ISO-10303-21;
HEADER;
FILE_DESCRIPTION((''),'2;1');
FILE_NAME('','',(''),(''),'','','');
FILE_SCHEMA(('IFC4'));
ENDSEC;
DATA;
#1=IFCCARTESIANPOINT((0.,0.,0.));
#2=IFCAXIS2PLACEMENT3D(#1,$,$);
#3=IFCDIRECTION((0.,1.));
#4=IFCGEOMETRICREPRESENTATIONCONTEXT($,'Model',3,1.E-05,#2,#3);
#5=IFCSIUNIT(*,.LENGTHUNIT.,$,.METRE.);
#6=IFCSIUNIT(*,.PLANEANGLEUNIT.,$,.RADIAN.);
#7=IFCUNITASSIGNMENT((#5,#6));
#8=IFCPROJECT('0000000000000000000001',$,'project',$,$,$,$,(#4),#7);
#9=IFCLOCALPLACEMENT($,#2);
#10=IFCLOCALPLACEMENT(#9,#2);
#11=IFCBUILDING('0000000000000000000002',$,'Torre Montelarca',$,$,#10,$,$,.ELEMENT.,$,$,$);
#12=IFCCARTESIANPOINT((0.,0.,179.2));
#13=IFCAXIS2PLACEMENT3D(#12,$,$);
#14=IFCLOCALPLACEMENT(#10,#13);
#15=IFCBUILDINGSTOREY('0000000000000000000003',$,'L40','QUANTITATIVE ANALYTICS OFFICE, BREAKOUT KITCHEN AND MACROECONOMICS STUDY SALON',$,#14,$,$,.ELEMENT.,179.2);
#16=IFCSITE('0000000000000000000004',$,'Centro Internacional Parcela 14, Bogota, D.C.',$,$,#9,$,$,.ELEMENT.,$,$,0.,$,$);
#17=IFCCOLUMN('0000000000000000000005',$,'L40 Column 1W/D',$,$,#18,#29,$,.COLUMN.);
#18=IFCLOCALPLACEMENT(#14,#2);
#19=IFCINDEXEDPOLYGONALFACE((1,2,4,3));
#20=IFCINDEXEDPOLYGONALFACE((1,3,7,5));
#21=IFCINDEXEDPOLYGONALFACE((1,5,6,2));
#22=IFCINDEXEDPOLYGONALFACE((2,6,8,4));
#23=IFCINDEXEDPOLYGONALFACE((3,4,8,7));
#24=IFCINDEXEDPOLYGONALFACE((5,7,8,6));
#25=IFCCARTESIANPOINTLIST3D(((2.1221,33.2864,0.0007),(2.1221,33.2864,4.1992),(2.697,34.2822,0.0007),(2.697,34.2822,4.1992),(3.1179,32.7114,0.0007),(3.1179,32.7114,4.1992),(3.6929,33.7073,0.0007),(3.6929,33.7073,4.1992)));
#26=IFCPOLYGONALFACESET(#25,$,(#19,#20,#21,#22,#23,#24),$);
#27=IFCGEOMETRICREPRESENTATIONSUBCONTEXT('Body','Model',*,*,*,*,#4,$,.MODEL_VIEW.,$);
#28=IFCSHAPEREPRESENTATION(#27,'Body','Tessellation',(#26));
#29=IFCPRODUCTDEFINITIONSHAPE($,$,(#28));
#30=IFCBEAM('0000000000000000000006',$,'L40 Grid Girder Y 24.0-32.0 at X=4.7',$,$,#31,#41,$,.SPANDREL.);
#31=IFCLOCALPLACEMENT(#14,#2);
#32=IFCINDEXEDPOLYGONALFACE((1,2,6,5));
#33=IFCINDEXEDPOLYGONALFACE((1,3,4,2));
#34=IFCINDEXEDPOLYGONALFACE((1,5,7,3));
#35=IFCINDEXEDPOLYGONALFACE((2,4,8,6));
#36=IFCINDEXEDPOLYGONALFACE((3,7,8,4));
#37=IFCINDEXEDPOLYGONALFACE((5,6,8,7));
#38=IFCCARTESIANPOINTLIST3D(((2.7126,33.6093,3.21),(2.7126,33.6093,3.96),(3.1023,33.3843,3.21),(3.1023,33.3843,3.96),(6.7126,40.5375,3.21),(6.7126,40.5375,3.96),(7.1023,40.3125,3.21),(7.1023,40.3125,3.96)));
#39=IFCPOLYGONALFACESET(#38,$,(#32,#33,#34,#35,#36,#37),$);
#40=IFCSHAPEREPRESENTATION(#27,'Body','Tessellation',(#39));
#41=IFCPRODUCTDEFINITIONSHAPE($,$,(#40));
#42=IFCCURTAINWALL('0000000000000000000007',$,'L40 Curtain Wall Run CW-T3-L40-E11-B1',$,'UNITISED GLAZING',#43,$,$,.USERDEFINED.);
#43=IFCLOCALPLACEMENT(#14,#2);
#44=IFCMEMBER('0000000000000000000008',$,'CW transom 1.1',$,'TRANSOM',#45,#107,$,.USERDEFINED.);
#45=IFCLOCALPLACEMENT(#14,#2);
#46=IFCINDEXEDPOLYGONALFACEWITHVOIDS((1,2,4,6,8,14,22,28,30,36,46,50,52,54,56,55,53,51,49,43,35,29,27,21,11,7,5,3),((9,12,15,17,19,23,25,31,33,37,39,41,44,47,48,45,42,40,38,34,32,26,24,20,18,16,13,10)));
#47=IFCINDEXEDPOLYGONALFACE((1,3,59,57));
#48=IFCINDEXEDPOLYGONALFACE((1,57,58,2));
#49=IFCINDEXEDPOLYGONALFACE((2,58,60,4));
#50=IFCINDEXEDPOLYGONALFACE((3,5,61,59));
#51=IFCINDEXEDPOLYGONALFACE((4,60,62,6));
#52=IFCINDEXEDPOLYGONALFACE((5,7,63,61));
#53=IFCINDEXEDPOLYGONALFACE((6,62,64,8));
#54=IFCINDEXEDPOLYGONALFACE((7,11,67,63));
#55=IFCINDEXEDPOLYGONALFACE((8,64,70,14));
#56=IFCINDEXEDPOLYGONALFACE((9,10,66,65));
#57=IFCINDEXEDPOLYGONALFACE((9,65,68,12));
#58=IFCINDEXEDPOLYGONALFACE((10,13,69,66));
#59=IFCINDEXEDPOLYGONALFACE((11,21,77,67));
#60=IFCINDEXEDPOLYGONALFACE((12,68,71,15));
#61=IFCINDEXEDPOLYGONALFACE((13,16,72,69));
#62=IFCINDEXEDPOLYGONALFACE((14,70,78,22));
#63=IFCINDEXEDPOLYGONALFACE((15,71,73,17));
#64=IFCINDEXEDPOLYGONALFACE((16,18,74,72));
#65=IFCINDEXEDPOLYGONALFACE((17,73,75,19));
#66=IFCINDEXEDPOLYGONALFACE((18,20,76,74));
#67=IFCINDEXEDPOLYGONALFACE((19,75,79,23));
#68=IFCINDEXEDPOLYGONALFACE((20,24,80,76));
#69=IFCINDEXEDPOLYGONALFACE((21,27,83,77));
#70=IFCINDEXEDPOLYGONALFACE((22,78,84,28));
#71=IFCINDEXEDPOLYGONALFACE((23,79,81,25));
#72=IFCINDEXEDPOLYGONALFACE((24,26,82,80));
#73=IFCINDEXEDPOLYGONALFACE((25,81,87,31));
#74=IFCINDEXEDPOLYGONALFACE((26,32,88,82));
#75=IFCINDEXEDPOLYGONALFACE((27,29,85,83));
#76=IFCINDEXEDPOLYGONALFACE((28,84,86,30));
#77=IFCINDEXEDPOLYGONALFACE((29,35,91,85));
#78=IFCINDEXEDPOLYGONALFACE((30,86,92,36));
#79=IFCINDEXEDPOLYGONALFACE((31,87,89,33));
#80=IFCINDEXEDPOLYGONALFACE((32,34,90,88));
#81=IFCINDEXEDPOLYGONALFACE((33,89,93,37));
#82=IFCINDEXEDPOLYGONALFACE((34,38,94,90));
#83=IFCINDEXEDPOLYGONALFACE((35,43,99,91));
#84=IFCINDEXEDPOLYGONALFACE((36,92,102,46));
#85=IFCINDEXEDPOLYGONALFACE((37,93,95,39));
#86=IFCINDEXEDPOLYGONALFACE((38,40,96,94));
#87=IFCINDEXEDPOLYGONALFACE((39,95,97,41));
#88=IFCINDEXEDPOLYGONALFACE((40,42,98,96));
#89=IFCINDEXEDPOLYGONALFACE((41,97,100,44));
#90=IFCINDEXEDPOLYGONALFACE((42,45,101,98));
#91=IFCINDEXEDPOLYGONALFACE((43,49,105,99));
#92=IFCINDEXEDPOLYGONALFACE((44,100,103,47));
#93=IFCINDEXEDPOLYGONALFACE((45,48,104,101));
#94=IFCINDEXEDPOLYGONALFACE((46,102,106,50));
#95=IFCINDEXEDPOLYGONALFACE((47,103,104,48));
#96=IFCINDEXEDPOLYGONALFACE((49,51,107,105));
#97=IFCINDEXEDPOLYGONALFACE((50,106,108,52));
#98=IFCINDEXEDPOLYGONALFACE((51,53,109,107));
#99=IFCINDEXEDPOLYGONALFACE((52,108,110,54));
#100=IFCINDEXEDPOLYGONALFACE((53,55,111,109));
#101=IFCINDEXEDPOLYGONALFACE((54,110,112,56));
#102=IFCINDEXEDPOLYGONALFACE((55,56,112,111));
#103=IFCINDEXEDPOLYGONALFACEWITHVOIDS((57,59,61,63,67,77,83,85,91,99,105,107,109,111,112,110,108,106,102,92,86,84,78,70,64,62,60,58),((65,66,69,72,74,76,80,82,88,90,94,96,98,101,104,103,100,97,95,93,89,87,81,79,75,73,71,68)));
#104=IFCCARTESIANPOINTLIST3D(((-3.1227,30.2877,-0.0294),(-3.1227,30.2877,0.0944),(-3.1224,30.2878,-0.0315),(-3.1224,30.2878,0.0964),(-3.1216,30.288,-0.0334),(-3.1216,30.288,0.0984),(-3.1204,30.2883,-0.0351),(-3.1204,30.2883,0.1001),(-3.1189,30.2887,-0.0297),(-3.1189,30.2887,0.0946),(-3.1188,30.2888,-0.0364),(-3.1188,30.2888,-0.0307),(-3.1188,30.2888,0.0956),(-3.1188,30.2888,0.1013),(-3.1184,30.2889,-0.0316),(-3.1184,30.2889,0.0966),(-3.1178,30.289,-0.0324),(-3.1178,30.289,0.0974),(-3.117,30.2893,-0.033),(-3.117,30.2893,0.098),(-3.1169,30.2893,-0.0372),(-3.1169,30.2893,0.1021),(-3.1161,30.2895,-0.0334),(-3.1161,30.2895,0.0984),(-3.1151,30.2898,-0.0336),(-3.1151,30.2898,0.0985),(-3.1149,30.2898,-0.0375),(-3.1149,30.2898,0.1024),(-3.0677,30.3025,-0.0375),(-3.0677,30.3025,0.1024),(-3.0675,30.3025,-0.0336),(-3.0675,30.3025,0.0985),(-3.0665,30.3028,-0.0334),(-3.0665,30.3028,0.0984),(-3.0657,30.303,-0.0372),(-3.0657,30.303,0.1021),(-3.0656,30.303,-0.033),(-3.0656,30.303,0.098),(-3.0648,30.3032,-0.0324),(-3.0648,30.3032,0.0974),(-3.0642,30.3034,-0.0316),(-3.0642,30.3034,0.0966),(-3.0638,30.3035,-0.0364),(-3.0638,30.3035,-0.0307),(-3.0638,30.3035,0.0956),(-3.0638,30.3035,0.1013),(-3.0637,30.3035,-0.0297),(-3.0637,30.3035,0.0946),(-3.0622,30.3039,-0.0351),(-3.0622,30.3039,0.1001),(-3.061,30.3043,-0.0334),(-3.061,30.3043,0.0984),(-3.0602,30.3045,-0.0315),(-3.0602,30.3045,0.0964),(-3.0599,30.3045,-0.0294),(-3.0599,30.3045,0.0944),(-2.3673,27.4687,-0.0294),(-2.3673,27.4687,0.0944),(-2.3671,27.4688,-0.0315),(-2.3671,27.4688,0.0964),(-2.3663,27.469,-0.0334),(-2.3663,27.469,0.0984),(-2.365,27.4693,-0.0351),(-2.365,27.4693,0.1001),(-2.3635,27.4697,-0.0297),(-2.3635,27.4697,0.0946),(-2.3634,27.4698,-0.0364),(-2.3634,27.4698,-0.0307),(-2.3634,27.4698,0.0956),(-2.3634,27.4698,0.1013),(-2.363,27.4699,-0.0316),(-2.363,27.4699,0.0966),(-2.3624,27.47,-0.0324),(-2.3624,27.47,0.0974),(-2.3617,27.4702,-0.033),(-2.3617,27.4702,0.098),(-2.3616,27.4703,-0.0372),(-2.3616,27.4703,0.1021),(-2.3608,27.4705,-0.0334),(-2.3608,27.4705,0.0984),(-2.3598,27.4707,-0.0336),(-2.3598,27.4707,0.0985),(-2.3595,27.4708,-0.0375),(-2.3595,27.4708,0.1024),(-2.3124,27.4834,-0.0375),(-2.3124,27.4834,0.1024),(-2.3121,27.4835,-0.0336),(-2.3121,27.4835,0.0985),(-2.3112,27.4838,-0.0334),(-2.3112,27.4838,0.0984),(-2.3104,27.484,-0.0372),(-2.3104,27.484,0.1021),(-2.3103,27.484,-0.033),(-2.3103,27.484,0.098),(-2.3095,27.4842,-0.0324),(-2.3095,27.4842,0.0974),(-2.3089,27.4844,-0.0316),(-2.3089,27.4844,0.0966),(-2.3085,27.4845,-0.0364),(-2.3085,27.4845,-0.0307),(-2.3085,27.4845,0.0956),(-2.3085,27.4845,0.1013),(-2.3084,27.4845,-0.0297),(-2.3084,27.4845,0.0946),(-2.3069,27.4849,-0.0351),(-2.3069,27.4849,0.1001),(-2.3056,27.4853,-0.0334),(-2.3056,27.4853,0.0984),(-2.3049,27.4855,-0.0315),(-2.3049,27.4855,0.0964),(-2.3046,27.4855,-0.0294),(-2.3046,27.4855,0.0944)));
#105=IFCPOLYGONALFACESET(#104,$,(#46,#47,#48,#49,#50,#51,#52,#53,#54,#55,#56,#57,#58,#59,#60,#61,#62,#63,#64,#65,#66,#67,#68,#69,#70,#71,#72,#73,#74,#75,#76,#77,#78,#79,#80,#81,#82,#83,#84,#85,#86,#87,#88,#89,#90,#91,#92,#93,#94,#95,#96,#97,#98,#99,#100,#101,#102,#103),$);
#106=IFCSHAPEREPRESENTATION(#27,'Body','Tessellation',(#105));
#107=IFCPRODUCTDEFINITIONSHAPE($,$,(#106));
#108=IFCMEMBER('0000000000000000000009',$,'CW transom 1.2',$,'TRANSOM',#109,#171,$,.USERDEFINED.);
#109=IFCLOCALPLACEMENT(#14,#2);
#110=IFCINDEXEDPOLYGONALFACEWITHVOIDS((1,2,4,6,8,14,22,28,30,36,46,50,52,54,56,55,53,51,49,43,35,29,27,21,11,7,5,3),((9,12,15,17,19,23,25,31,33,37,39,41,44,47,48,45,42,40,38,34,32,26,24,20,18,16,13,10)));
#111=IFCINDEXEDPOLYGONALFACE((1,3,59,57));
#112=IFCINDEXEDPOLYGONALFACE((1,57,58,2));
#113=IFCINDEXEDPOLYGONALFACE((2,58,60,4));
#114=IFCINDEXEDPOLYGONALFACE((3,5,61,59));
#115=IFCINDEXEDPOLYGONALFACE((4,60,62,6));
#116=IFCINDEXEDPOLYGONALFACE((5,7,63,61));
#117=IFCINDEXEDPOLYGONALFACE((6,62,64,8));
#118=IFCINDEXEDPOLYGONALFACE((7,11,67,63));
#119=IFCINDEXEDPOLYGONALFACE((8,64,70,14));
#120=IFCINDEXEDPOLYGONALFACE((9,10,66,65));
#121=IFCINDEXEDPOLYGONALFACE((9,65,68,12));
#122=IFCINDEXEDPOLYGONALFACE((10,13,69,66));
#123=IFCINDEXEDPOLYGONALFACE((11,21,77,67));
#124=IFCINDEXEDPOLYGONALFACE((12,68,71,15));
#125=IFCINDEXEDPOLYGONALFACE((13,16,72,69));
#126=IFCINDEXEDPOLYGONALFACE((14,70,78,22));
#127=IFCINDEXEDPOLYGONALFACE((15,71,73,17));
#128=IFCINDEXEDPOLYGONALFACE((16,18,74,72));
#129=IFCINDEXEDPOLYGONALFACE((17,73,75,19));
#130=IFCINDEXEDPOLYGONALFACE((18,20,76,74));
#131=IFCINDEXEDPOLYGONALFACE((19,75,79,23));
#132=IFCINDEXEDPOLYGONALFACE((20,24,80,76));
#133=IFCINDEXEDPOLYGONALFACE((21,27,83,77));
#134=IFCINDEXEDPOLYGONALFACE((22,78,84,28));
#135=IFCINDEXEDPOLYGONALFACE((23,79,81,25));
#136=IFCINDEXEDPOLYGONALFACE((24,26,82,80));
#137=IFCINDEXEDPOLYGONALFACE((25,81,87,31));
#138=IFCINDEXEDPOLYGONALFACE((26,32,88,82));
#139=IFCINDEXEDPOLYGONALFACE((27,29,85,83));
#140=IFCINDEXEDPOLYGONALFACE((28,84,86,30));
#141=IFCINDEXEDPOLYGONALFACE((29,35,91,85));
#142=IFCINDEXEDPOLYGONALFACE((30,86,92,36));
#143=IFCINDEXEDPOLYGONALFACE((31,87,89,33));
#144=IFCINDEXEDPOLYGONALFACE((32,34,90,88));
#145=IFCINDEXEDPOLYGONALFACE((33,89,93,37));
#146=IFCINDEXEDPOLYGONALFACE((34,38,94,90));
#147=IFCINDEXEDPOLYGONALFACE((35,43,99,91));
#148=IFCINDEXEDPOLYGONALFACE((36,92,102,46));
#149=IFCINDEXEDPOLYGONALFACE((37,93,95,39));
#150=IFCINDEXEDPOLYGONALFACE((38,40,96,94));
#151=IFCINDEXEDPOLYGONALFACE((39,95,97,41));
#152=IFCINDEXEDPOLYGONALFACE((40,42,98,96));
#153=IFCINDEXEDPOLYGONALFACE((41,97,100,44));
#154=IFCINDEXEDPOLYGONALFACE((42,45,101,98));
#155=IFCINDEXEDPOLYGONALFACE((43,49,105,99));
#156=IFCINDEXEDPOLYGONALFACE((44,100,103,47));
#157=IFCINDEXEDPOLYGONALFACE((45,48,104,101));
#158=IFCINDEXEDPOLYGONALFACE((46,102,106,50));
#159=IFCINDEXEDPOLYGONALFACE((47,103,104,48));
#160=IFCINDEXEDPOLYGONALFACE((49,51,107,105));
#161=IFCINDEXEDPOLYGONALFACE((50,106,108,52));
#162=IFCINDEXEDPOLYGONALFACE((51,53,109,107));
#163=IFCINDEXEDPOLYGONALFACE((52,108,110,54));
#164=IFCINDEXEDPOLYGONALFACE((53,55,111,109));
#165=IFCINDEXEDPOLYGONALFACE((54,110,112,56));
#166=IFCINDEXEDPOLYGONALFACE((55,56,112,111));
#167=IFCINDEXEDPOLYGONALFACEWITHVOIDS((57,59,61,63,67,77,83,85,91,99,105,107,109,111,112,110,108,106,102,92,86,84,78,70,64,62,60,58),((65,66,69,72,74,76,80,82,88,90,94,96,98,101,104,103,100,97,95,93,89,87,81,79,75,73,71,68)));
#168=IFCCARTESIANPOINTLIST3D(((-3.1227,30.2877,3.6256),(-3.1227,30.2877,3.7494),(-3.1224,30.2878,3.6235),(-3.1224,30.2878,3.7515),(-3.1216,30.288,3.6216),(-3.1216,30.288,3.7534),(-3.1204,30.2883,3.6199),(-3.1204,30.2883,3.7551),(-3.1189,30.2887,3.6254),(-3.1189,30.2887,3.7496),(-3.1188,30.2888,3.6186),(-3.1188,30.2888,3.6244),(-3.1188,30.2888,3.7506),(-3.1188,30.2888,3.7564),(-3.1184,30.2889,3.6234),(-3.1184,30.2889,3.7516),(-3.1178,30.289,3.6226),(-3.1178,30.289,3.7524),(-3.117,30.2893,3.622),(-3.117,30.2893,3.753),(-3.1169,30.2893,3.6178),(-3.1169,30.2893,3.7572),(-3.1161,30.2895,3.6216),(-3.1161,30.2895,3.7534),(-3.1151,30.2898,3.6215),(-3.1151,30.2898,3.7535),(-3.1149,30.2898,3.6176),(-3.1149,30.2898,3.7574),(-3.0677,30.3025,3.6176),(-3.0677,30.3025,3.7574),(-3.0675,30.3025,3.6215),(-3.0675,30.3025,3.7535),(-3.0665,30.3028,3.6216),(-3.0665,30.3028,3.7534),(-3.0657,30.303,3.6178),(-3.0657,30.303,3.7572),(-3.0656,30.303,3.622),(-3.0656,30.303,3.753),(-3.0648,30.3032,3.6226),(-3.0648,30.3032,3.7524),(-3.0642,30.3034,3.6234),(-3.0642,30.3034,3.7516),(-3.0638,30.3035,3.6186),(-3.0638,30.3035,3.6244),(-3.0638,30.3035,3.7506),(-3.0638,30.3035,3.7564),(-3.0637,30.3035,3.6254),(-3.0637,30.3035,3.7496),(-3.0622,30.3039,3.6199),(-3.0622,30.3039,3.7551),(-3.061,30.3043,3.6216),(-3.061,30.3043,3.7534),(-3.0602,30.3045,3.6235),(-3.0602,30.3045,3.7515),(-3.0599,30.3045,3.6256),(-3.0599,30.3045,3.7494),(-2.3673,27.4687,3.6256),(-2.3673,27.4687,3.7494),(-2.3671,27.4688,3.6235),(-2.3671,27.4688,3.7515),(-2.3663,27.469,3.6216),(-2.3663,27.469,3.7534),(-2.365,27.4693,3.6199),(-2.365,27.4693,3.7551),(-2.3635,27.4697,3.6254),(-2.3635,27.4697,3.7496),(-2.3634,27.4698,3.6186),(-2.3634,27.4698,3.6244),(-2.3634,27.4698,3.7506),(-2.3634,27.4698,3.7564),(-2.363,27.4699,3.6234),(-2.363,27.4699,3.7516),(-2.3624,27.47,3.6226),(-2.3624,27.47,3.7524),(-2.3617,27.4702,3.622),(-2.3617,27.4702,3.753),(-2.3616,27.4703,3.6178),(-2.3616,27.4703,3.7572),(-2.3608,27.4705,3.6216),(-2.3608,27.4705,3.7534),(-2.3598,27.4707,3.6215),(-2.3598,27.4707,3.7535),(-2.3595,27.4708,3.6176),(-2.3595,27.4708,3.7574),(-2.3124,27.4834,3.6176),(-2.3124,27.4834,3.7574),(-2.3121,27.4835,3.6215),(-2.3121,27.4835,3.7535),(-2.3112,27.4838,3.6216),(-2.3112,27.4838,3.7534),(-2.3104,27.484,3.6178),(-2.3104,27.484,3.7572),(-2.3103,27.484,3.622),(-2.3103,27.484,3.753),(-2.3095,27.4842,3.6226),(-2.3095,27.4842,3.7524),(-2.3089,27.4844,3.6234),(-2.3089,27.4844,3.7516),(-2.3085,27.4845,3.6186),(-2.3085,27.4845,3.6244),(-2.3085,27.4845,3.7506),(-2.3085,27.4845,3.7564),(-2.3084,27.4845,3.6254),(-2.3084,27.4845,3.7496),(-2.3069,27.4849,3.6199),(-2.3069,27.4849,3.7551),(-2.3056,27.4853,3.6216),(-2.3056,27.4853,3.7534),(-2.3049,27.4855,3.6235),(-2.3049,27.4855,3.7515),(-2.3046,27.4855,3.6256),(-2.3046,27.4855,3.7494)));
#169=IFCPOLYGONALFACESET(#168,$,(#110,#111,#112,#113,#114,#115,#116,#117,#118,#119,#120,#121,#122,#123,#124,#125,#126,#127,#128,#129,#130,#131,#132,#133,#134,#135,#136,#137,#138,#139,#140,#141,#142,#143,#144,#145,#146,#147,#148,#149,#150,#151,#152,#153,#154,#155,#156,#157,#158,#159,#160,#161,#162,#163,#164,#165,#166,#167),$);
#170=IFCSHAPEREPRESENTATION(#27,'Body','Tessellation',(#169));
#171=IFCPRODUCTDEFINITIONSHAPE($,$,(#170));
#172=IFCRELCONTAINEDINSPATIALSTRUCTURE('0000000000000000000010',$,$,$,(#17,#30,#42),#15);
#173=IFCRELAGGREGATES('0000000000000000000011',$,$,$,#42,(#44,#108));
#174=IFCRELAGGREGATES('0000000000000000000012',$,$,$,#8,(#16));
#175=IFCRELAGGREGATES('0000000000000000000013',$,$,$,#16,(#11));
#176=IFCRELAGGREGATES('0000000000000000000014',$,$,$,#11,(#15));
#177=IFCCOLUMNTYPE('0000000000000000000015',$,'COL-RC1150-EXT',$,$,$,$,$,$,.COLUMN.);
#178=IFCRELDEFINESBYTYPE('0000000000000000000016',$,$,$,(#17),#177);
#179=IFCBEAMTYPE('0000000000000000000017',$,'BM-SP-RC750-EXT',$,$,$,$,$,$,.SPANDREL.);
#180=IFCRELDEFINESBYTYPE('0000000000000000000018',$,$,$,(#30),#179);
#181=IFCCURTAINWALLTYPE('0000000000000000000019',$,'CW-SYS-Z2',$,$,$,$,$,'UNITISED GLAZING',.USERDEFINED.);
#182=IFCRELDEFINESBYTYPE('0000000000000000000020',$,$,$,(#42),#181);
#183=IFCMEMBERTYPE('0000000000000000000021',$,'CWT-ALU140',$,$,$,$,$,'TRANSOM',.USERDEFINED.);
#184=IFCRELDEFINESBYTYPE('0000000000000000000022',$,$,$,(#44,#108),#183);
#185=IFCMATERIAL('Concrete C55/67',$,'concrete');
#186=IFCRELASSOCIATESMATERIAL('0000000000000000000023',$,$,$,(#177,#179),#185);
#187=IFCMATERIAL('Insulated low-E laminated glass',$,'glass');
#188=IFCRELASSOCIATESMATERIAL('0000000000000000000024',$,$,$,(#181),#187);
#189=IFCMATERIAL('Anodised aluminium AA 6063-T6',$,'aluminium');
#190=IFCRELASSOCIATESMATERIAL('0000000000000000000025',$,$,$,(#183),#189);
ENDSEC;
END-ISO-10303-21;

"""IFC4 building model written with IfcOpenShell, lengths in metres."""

from ifc_helpers import new_model, si_unit, direction, frame, origin, origin_2d, place, context, subcontext, project, spatial, rectangle, hollow_rectangle, extrude, source, transform, mapped, material, material_profile, profile_set, type_object, element, aggregate, save


model = new_model("IFC4")

# Units and contexts
model_context = context("Model", 3, precision=1e-05, world=origin(), true_north=direction((0.0, 1.0)))
body_context = subcontext(model_context, "Body", "Model", "MODEL_VIEW")
ifc_project = project(units=[si_unit("LENGTHUNIT", "METRE"), si_unit("PLANEANGLEUNIT", "RADIAN")], contexts=[model_context])

# Site, building, storey
site_placement = place(None, origin())
site = spatial("IfcSite", under=ifc_project, at=site_placement, Name="Centro Internacional Parcela 14, Bogota, D.C.", CompositionType="ELEMENT", RefElevation=0.0)
building_placement = place(site_placement, origin())
building = spatial("IfcBuilding", under=site, at=building_placement, Name="Torre Montelarca", CompositionType="ELEMENT")
storey_placement = place(building_placement, frame((0.0, 0.0, 179.2)))
storey = spatial("IfcBuildingStorey", under=building, at=storey_placement, Name="L40", Description="QUANTITATIVE ANALYTICS OFFICE, BREAKOUT KITCHEN AND MACROECONOMICS STUDY SALON", CompositionType="ELEMENT", Elevation=179.2)

# Column
ifc_material_1 = material(Name="Concrete C55/67", Category="concrete")
ifc_material_profile_1 = material_profile(ifc_material_1, rectangle(XDim=1.1499, YDim=1.1499, at=origin_2d()), Name="RC1150X1150", Category="concrete")
ifc_profile_set_1 = profile_set([ifc_material_profile_1], Name="Concrete C55/67")
column_type = type_object("IfcColumnType", Name="COL-RC1150-EXT", PredefinedType="COLUMN", material=ifc_profile_set_1)
shared_shape_1 = source(origin(), body_context, "Body", "SweptSolid", [
    extrude(rectangle(XDim=1.1499, YDim=1.1499, at=origin_2d()), origin(), (0.0, 0.0, 1.0), 4.1985),
])
column_placement = place(storey_placement, frame((2.9075, 33.4968, 0.0007), z_axis=(0.0, 0.0, 1.0), x_axis=(-0.866025, 0.5, 0.0)))
element("IfcColumn", 1, at=column_placement, inside=storey, type_object=column_type, Name="L40 Column 1W/D", PredefinedType="COLUMN", context=body_context, shape_type="MappedRepresentation", body=[
    mapped(shared_shape_1, transform((0.0, 0.0, 0.0), scale=1.0)),
])

# Beam
ifc_material_profile_2 = material_profile(ifc_material_1, rectangle(XDim=0.45, YDim=0.75, at=origin_2d()), Name="RCB450X750", Category="concrete")
ifc_profile_set_2 = profile_set([ifc_material_profile_2], Name="Concrete C55/67")
beam_type = type_object("IfcBeamType", Name="BM-SP-RC750-EXT", PredefinedType="SPANDREL", material=ifc_profile_set_2)
shared_shape_2 = source(origin(), body_context, "Body", "SweptSolid", [
    extrude(rectangle(XDim=0.45, YDim=0.75, at=origin_2d()), origin(), (0.0, 0.0, 1.0), 8.0),
])
beam_placement = place(storey_placement, frame((2.9075, 33.4968, 3.585), z_axis=(0.499999, 0.866026, 0.0), x_axis=(-0.866026, 0.499999, 0.0)))
element("IfcBeam", 2, at=beam_placement, inside=storey, type_object=beam_type, Name="L40 Grid Girder Y 24.0-32.0 at X=4.7", PredefinedType="SPANDREL", context=body_context, shape_type="MappedRepresentation", body=[
    mapped(shared_shape_2, transform((0.0, 0.0, 0.0), scale=1.0)),
])

# Curtain wall, members
ifc_material_2 = material(Name="Insulated low-E laminated glass", Category="glass")
curtain_wall_type = type_object("IfcCurtainWallType", Name="CW-SYS-Z2", ElementType="UNITISED GLAZING", PredefinedType="USERDEFINED", material=ifc_material_2)
curtain_wall_1_placement = place(storey_placement, origin())
curtain_wall_1 = element("IfcCurtainWall", 3, at=curtain_wall_1_placement, inside=storey, type_object=curtain_wall_type, Name="L40 Curtain Wall Run CW-T3-L40-E11-B1", ObjectType="UNITISED GLAZING", PredefinedType="USERDEFINED")
ifc_material_3 = material(Name="Anodised aluminium AA 6063-T6", Category="aluminium")
ifc_material_profile_3 = material_profile(ifc_material_3, hollow_rectangle(XDim=0.0649, YDim=0.1399, WallThickness=0.0039, InnerFilletRadius=0.0039, OuterFilletRadius=0.0081, at=origin_2d()), Name="ALU65X140X4", Category="aluminium")
ifc_profile_set_3 = profile_set([ifc_material_profile_3], Name="Anodised aluminium AA 6063-T6")
member_type_1 = type_object("IfcMemberType", Name="CWT-ALU140", ElementType="TRANSOM", PredefinedType="USERDEFINED", material=ifc_profile_set_3)
shared_shape_3 = source(origin(), body_context, "Body", "SweptSolid", [
    extrude(hollow_rectangle(XDim=0.0649, YDim=0.1399, WallThickness=0.0039, InnerFilletRadius=0.0039, OuterFilletRadius=0.0081, at=origin_2d()), origin(), (0.0, 0.0, 1.0), 2.9185),
])
member_1_placement = place(storey_placement, frame((-3.0913, 30.2961, 0.0325), z_axis=(0.258818, -0.965926, 0.0), x_axis=(0.965926, 0.258818, 0.0)))
member_1 = element("IfcMember", 4, at=member_1_placement, type_object=member_type_1, Name="CW transom 1.1", ObjectType="TRANSOM", PredefinedType="USERDEFINED", context=body_context, shape_type="MappedRepresentation", body=[
    mapped(shared_shape_3, transform((0.0, 0.0, 0.0), scale=1.0)),
])
member_2_placement = place(storey_placement, frame((-3.0913, 30.2961, 3.6875), z_axis=(0.258818, -0.965926, 0.0), x_axis=(0.965926, 0.258818, 0.0)))
member_2 = element("IfcMember", 5, at=member_2_placement, type_object=member_type_1, Name="CW transom 1.2", ObjectType="TRANSOM", PredefinedType="USERDEFINED", context=body_context, shape_type="MappedRepresentation", body=[
    mapped(shared_shape_3, transform((0.0, 0.0, 0.0), scale=1.0)),
])

aggregate(curtain_wall_1, [member_1, member_2])

save(model, "model.ifc")
